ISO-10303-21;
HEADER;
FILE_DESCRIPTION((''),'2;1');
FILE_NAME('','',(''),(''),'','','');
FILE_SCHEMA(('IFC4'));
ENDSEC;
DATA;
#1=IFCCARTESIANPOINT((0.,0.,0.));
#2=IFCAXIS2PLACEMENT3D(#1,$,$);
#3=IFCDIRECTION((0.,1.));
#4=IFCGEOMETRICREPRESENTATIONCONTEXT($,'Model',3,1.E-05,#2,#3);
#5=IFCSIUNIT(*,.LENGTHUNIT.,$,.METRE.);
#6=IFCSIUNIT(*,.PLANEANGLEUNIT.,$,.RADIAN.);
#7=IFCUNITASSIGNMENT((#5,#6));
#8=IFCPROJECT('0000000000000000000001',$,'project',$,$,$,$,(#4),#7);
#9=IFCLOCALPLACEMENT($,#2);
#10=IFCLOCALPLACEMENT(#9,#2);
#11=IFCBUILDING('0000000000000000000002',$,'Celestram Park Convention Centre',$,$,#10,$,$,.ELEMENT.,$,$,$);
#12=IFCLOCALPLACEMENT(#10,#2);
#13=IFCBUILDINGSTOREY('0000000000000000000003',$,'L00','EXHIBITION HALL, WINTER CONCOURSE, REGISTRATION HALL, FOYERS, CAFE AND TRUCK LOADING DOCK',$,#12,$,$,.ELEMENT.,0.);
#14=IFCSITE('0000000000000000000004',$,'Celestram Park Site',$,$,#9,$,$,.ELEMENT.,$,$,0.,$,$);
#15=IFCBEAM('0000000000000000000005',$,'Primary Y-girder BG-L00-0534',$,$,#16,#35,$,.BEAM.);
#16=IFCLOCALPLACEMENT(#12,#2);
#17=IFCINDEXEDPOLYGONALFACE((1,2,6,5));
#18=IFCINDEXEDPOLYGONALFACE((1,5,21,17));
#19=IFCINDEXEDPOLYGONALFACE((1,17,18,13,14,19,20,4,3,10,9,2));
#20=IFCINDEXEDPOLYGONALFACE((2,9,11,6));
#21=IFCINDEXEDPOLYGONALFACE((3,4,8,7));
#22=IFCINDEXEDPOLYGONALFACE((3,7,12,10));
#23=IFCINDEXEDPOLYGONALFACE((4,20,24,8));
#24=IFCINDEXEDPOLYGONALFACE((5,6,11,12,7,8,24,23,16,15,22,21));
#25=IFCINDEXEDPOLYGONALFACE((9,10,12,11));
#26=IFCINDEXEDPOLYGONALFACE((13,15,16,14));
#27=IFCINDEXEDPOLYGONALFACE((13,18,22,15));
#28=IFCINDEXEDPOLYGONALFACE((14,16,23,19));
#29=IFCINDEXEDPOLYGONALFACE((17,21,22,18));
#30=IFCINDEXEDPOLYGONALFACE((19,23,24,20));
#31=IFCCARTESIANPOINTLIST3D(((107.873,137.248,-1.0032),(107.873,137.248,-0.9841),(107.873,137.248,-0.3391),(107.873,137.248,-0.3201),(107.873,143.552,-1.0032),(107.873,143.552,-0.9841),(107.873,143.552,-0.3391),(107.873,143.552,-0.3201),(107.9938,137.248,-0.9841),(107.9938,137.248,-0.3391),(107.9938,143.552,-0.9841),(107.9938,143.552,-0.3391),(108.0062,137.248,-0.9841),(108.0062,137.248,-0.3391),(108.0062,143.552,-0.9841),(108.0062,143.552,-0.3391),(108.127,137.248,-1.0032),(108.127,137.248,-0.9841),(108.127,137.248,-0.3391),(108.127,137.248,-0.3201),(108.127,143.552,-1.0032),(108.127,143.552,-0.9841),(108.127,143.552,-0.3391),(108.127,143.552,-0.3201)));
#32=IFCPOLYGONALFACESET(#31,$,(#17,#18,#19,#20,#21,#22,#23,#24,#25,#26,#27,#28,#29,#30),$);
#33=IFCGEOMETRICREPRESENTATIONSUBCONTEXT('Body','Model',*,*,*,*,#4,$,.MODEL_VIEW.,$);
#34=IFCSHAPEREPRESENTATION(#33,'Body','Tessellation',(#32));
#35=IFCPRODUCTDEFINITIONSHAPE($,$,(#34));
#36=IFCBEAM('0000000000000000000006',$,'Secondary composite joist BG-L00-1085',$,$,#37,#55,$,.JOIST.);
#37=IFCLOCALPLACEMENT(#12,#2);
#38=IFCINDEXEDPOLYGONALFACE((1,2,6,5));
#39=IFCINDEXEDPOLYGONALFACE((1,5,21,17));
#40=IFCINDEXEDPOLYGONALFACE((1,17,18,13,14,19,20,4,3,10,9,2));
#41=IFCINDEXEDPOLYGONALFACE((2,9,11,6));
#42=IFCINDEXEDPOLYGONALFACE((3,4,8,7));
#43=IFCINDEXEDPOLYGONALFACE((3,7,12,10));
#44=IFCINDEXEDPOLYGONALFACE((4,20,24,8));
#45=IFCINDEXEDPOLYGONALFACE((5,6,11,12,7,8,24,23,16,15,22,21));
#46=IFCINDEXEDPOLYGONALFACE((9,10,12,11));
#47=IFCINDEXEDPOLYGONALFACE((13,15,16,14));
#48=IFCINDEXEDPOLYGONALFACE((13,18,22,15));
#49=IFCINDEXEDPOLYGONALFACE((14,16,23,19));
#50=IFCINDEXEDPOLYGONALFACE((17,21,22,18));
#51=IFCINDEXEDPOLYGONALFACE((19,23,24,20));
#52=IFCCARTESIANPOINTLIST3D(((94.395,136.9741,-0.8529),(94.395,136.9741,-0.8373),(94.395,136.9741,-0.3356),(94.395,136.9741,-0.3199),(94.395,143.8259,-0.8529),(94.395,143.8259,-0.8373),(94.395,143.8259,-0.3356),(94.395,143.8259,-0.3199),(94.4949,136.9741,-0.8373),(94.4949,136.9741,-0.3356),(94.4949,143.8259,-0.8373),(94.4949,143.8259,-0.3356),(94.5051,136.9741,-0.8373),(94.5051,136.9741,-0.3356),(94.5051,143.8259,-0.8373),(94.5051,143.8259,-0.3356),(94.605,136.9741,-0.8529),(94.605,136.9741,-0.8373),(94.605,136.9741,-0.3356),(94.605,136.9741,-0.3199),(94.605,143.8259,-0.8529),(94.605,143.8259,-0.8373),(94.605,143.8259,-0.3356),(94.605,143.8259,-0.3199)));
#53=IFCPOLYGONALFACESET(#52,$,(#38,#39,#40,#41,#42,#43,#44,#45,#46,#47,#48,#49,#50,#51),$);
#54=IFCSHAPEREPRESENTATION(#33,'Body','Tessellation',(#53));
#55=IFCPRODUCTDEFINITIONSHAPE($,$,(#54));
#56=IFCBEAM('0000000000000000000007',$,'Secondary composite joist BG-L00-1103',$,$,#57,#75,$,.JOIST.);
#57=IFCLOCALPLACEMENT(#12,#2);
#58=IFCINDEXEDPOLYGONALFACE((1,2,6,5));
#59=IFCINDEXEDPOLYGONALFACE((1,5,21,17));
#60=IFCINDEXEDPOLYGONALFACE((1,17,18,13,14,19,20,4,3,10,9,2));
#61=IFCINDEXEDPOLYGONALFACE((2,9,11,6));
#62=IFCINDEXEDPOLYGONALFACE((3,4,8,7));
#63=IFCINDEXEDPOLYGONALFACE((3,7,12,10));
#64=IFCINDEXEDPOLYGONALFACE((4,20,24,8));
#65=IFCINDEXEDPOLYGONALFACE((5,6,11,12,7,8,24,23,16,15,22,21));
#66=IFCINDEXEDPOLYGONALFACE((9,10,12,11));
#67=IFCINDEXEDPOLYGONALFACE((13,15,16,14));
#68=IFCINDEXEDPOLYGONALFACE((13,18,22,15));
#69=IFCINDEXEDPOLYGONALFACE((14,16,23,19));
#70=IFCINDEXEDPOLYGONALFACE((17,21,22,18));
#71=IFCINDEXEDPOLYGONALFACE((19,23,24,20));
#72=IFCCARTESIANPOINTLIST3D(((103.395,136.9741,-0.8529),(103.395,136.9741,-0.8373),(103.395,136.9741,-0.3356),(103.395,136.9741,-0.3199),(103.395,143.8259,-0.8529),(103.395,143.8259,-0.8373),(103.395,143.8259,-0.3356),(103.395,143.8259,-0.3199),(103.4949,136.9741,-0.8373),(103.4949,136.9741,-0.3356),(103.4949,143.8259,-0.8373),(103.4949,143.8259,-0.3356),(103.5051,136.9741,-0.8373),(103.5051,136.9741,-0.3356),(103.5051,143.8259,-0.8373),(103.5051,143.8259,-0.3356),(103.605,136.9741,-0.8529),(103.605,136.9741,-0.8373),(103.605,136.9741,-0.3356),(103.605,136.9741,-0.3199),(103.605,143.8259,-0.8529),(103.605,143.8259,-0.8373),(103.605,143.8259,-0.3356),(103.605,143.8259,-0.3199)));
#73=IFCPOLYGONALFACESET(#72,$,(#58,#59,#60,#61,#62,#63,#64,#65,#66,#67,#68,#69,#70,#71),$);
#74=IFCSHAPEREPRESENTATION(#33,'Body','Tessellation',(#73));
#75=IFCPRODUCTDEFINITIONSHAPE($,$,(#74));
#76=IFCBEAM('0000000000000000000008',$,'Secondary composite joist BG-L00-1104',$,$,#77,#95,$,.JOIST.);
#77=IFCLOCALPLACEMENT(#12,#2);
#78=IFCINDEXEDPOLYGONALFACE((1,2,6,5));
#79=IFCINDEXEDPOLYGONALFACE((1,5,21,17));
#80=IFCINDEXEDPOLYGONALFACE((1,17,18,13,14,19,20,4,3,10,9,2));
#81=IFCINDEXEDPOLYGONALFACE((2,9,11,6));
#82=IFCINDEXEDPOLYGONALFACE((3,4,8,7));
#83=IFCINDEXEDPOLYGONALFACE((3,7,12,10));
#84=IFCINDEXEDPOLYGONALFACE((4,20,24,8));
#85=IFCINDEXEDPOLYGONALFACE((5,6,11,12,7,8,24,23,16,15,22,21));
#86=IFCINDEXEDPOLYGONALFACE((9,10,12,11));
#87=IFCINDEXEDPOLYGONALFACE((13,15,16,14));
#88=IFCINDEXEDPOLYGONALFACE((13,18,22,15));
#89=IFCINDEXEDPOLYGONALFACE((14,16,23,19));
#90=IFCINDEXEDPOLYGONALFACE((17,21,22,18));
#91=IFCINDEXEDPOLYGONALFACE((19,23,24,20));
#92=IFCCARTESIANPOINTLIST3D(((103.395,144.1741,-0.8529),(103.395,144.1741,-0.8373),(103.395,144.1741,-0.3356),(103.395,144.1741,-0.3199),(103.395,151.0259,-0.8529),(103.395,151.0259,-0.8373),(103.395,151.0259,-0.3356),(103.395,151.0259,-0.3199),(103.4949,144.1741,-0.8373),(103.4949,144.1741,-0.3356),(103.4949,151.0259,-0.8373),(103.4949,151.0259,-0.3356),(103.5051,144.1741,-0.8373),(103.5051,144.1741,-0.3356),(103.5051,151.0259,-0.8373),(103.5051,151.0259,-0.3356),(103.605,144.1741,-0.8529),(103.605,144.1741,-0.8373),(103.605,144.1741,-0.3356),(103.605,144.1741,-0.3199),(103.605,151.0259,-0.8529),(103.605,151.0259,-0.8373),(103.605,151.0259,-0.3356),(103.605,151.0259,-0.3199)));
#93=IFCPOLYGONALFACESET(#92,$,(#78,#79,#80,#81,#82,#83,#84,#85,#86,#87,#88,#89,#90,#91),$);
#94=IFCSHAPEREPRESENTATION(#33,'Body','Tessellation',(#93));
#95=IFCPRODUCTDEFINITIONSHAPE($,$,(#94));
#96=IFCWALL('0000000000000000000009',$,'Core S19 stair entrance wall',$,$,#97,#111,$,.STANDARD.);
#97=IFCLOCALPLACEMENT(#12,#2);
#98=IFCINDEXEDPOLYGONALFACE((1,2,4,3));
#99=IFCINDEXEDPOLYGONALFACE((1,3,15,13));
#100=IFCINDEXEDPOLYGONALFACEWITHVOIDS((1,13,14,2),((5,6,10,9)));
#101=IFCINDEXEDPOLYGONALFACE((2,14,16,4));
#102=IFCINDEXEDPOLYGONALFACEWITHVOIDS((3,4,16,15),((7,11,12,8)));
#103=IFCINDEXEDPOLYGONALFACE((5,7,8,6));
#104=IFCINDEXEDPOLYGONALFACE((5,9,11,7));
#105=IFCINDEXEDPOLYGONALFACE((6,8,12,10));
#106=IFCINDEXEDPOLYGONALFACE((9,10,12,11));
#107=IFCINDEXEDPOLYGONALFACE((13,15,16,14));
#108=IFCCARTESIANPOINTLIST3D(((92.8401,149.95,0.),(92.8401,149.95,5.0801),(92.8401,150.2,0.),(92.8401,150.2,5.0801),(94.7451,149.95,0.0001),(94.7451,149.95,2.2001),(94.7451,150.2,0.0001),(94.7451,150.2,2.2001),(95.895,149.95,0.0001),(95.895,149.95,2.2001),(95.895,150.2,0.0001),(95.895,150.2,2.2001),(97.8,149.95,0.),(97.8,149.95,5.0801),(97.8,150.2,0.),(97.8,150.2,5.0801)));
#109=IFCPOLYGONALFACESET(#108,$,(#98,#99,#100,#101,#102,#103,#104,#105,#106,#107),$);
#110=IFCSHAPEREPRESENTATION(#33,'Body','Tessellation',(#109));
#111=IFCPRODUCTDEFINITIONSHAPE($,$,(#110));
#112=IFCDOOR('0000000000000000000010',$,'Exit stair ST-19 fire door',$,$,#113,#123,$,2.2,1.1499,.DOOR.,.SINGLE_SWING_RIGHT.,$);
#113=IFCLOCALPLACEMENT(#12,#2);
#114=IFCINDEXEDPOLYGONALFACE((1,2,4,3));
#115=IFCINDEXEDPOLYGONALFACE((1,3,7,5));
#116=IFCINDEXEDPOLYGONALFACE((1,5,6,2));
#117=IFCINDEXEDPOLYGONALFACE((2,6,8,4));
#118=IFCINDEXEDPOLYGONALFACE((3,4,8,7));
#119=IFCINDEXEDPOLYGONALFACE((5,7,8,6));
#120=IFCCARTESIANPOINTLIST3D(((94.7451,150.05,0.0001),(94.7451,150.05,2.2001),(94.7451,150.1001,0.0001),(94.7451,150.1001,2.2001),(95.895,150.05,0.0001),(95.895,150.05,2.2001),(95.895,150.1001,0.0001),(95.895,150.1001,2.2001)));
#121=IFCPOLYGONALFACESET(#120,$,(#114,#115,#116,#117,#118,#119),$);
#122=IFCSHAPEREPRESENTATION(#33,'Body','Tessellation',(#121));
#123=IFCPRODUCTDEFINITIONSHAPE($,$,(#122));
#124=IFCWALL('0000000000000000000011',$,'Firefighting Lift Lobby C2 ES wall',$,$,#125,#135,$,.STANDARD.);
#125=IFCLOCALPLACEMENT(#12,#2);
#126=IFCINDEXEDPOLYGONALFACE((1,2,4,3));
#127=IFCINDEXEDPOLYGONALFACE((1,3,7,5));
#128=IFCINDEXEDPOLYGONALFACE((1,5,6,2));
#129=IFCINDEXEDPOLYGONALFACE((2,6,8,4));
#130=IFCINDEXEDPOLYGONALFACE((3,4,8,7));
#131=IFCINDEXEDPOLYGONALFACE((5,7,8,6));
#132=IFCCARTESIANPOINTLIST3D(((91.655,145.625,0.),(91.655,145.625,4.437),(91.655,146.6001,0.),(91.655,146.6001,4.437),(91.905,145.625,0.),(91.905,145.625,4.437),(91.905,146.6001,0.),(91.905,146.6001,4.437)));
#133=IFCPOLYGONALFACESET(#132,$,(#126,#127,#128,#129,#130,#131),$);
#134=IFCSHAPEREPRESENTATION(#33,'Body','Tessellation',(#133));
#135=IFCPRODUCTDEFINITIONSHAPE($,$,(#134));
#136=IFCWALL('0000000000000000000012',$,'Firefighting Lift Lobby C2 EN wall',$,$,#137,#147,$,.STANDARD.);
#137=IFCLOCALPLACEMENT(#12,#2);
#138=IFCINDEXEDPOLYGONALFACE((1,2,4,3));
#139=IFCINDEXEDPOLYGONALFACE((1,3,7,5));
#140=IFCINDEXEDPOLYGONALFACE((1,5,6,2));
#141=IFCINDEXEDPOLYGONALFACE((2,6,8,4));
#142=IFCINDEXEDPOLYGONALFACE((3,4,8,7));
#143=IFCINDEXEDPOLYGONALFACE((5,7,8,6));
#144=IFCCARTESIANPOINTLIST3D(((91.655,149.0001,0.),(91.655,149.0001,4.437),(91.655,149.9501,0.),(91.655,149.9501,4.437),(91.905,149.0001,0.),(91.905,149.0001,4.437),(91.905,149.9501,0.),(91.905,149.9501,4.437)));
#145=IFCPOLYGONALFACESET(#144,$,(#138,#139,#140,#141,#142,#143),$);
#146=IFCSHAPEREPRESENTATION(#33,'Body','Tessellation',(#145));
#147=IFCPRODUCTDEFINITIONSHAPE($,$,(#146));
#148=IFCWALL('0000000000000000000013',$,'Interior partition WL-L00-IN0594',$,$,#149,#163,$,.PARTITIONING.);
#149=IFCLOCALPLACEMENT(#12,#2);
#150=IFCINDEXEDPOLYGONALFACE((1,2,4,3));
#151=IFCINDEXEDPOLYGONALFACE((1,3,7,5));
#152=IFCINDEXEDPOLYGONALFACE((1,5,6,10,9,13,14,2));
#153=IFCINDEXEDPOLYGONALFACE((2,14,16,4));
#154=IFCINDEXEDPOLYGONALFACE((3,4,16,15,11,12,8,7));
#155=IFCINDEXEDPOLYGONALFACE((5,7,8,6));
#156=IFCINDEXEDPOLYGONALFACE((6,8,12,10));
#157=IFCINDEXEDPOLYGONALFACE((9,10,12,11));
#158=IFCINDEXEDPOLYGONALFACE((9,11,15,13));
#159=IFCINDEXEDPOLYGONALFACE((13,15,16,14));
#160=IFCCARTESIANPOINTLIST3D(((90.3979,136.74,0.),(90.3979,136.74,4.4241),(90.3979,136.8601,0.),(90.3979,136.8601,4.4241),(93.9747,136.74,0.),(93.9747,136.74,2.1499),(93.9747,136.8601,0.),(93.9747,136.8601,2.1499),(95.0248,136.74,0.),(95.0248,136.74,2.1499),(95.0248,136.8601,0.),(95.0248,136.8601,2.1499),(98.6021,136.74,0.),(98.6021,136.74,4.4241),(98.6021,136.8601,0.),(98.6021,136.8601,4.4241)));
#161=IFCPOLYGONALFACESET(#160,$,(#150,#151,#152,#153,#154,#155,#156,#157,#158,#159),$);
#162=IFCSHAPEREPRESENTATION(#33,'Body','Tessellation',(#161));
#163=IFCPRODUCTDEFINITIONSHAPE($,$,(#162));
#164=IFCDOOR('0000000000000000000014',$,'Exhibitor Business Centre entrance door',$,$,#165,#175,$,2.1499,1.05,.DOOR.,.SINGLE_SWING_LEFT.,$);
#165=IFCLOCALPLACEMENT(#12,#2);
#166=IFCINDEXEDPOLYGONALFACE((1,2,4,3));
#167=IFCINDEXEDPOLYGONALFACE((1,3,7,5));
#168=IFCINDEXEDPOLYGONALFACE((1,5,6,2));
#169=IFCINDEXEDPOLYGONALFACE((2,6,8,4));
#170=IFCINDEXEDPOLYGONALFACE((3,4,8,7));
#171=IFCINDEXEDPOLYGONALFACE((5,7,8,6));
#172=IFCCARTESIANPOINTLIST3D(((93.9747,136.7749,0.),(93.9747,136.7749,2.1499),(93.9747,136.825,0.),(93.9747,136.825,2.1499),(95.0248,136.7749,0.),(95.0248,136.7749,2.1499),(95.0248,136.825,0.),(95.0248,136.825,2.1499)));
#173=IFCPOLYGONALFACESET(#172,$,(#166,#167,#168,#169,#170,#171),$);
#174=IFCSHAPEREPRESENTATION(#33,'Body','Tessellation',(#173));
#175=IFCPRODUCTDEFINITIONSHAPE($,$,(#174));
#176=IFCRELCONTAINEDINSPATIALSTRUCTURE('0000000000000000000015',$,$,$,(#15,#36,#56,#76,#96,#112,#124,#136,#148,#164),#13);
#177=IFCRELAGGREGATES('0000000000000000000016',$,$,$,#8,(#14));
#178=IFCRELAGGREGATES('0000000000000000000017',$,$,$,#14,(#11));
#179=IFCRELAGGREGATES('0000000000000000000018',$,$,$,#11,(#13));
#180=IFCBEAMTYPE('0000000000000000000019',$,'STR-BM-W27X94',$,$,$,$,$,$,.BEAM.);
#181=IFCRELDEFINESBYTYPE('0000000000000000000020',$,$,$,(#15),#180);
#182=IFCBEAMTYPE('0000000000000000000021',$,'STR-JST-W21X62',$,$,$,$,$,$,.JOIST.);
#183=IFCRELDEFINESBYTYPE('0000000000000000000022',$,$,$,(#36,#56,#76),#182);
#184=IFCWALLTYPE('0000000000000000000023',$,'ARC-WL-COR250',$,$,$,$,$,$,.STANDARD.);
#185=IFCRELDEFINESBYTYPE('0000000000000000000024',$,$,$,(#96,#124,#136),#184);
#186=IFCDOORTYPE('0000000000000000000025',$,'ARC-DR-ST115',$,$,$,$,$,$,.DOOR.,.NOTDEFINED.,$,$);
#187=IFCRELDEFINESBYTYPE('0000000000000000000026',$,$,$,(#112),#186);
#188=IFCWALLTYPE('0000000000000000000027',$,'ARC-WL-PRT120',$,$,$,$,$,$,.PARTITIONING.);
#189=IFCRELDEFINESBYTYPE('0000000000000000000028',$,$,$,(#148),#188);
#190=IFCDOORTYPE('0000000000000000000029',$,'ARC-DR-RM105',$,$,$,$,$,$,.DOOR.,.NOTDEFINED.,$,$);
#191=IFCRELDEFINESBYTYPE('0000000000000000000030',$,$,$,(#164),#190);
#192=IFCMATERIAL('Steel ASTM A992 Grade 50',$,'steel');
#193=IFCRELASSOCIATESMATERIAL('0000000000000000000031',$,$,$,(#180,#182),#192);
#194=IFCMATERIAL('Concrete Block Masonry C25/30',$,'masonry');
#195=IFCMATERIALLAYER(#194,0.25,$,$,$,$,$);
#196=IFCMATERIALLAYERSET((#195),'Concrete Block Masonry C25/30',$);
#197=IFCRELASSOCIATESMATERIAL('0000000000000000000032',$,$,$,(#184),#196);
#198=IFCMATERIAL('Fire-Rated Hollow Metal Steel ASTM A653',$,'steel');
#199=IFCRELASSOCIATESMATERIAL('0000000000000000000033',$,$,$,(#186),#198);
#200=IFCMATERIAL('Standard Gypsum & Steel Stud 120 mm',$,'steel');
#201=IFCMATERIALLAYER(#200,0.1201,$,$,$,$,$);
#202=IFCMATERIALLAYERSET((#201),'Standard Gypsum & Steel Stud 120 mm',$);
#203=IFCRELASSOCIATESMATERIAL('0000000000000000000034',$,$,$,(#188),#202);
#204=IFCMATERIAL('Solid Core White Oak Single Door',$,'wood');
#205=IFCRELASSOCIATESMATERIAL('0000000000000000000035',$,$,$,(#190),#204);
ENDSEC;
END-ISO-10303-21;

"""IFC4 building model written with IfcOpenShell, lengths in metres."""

from ifc_helpers import new_model, si_unit, direction, frame, frame_2d, origin, origin_2d, place, context, subcontext, project, spatial, rectangle, i_section, extrude, material, layer, layer_set, material_profile, profile_set, type_object, element, fill, save


model = new_model("IFC4")

# Units and contexts
model_context = context("Model", 3, precision=1e-05, world=origin(), true_north=direction((0.0, 1.0)))
body_context = subcontext(model_context, "Body", "Model", "MODEL_VIEW")
ifc_project = project(units=[si_unit("LENGTHUNIT", "METRE"), si_unit("PLANEANGLEUNIT", "RADIAN")], contexts=[model_context])

# Site, building, storey
site_placement = place(None, origin())
site = spatial("IfcSite", under=ifc_project, at=site_placement, Name="Celestram Park Site", CompositionType="ELEMENT", RefElevation=0.0)
building_placement = place(site_placement, origin())
building = spatial("IfcBuilding", under=site, at=building_placement, Name="Celestram Park Convention Centre", CompositionType="ELEMENT")
storey_placement = place(building_placement, origin())
storey = spatial("IfcBuildingStorey", under=building, at=storey_placement, Name="L00", Description="EXHIBITION HALL, WINTER CONCOURSE, REGISTRATION HALL, FOYERS, CAFE AND TRUCK LOADING DOCK", CompositionType="ELEMENT", Elevation=0.0)

# Beams
ifc_material_1 = material(Name="Steel ASTM A992 Grade 50", Category="steel")
ifc_material_profile_1 = material_profile(ifc_material_1, i_section(OverallWidth=0.2539, OverallDepth=0.6831, WebThickness=0.0125, FlangeThickness=0.019, at=origin_2d()), Name="W27X94")
ifc_profile_set_1 = profile_set([ifc_material_profile_1], Name="Steel ASTM A992 Grade 50")
beam_type_1 = type_object("IfcBeamType", Name="STR-BM-W27X94", PredefinedType="BEAM", material=ifc_profile_set_1)
for number, where, z_axis, x_axis, name in (
    (1, (108.0, 137.248, -0.6616), (0.0, 1.0, 0.0), (-1.0, 0.0, 0.0), "Primary Y-girder BG-L00-0534"),
):
    element("IfcBeam", number, at=place(storey_placement, frame(where, z_axis=z_axis, x_axis=x_axis)), inside=storey, type_object=beam_type_1, Name=name, PredefinedType="BEAM", context=body_context, shape_type="SweptSolid", body=[
        extrude(i_section(OverallWidth=0.2539, OverallDepth=0.6831, WebThickness=0.0125, FlangeThickness=0.019, at=origin_2d()), origin(), (0.0, 0.0, 1.0), 6.304),
    ])
ifc_material_profile_2 = material_profile(ifc_material_1, i_section(OverallWidth=0.21, OverallDepth=0.533, WebThickness=0.0103, FlangeThickness=0.0156, at=origin_2d()), Name="W21X62")
ifc_profile_set_2 = profile_set([ifc_material_profile_2], Name="Steel ASTM A992 Grade 50")
beam_type_2 = type_object("IfcBeamType", Name="STR-JST-W21X62", PredefinedType="JOIST", material=ifc_profile_set_2)
for number, where, z_axis, x_axis, name in (
    (2, (94.5, 136.9741, -0.5864), (0.0, 1.0, 0.0), (-1.0, 0.0, 0.0), "Secondary composite joist BG-L00-1085"),
    (3, (103.5, 136.9741, -0.5864), (0.0, 1.0, 0.0), (-1.0, 0.0, 0.0), "Secondary composite joist BG-L00-1103"),
    (4, (103.5, 144.1741, -0.5864), (0.0, 1.0, 0.0), (-1.0, 0.0, 0.0), "Secondary composite joist BG-L00-1104"),
):
    element("IfcBeam", number, at=place(storey_placement, frame(where, z_axis=z_axis, x_axis=x_axis)), inside=storey, type_object=beam_type_2, Name=name, PredefinedType="JOIST", context=body_context, shape_type="SweptSolid", body=[
        extrude(i_section(OverallWidth=0.21, OverallDepth=0.533, WebThickness=0.0103, FlangeThickness=0.0156, at=origin_2d()), origin(), (0.0, 0.0, 1.0), 6.8518),
    ])

# Wall, opening, door
ifc_material_2 = material(Name="Concrete Block Masonry C25/30", Category="masonry")
ifc_layer_1 = layer(ifc_material_2, 0.25)
ifc_layer_set_1 = layer_set([ifc_layer_1], Name="Concrete Block Masonry C25/30")
wall_type_1 = type_object("IfcWallType", Name="ARC-WL-COR250", PredefinedType="STANDARD", material=ifc_layer_set_1)
wall_1_placement = place(storey_placement, frame((97.8, 150.075, 0.0), z_axis=(0.0, 0.0, 1.0), x_axis=(-1.0, 0.0, 0.0)))
wall_1 = element("IfcWall", 5, at=wall_1_placement, inside=storey, type_object=wall_type_1, Name="Core S19 stair entrance wall", PredefinedType="STANDARD", context=body_context, shape_type="SweptSolid", body=[
    extrude(rectangle(XDim=4.96, YDim=0.25, at=frame_2d((2.48, 0.0))), origin(), (0.0, 0.0, 1.0), 5.0801),
])
opening_1_placement = place(wall_1_placement, frame((1.905, 0.0, 0.0)))
opening_1 = element("IfcOpeningElement", 6, at=opening_1_placement, cuts=wall_1, PredefinedType="OPENING", context=body_context, shape_type="SweptSolid", body=[
    extrude(rectangle(XDim=1.1499, YDim=2.2, at=frame_2d((0.575, 1.1001))), frame((0.0, 0.135, 0.0), z_axis=(0.0, -1.0, 0.0), x_axis=(1.0, 0.0, 0.0)), (0.0, 0.0, 1.0), 0.27),
])
ifc_material_3 = material(Name="Fire-Rated Hollow Metal Steel ASTM A653", Category="steel")
door_type_1 = type_object("IfcDoorType", Name="ARC-DR-ST115", OperationType="NOTDEFINED", PredefinedType="DOOR", material=ifc_material_3)
door_1_placement = place(opening_1_placement, origin())
door_1 = element("IfcDoor", 7, at=door_1_placement, inside=storey, type_object=door_type_1, Name="Exit stair ST-19 fire door", OperationType="SINGLE_SWING_RIGHT", OverallHeight=2.2, OverallWidth=1.1499, PredefinedType="DOOR", context=body_context, shape_type="SweptSolid", body=[
    extrude(rectangle(XDim=1.1499, YDim=2.2, at=frame_2d((0.575, 1.1001))), frame((0.0, 0.0249, 0.0), z_axis=(0.0, -1.0, 0.0), x_axis=(1.0, 0.0, 0.0)), (0.0, 0.0, 1.0), 0.05),
])
fill(opening_1, door_1)

# Walls
wall_2_placement = place(storey_placement, frame((91.78, 145.625, 0.0), z_axis=(0.0, 0.0, 1.0), x_axis=(0.0, 1.0, 0.0)))
element("IfcWall", 8, at=wall_2_placement, inside=storey, type_object=wall_type_1, Name="Firefighting Lift Lobby C2 ES wall", PredefinedType="STANDARD", context=body_context, shape_type="SweptSolid", body=[
    extrude(rectangle(XDim=0.9751, YDim=0.25, at=frame_2d((0.4875, 0.0))), origin(), (0.0, 0.0, 1.0), 4.437),
])
wall_3_placement = place(storey_placement, frame((91.78, 149.0, 0.0), z_axis=(0.0, 0.0, 1.0), x_axis=(0.0, 1.0, 0.0)))
element("IfcWall", 9, at=wall_3_placement, inside=storey, type_object=wall_type_1, Name="Firefighting Lift Lobby C2 EN wall", PredefinedType="STANDARD", context=body_context, shape_type="SweptSolid", body=[
    extrude(rectangle(XDim=0.95, YDim=0.25, at=frame_2d((0.4751, 0.0))), origin(), (0.0, 0.0, 1.0), 4.437),
])

# Wall, opening, door
ifc_material_4 = material(Name="Standard Gypsum & Steel Stud 120 mm", Category="steel")
ifc_layer_2 = layer(ifc_material_4, 0.1201)
ifc_layer_set_2 = layer_set([ifc_layer_2], Name="Standard Gypsum & Steel Stud 120 mm")
wall_type_2 = type_object("IfcWallType", Name="ARC-WL-PRT120", PredefinedType="PARTITIONING", material=ifc_layer_set_2)
wall_4_placement = place(storey_placement, frame((90.3979, 136.8, 0.0), z_axis=(0.0, 0.0, 1.0), x_axis=(1.0, 0.0, 0.0)))
wall_4 = element("IfcWall", 10, at=wall_4_placement, inside=storey, type_object=wall_type_2, Name="Interior partition WL-L00-IN0594", PredefinedType="PARTITIONING", context=body_context, shape_type="SweptSolid", body=[
    extrude(rectangle(XDim=8.2041, YDim=0.1201, at=frame_2d((4.1021, 0.0))), origin(), (0.0, 0.0, 1.0), 4.4241),
])
opening_2_placement = place(wall_4_placement, frame((3.5769, 0.0, 0.0)))
opening_2 = element("IfcOpeningElement", 11, at=opening_2_placement, cuts=wall_4, PredefinedType="OPENING", context=body_context, shape_type="SweptSolid", body=[
    extrude(rectangle(XDim=1.05, YDim=2.1499, at=frame_2d((0.5249, 1.075))), frame((0.0, 0.0701, 0.0), z_axis=(0.0, -1.0, 0.0), x_axis=(1.0, 0.0, 0.0)), (0.0, 0.0, 1.0), 0.1401),
])
ifc_material_5 = material(Name="Solid Core White Oak Single Door", Category="wood")
door_type_2 = type_object("IfcDoorType", Name="ARC-DR-RM105", OperationType="NOTDEFINED", PredefinedType="DOOR", material=ifc_material_5)
door_2_placement = place(opening_2_placement, origin())
door_2 = element("IfcDoor", 12, at=door_2_placement, inside=storey, type_object=door_type_2, Name="Exhibitor Business Centre entrance door", OperationType="SINGLE_SWING_LEFT", OverallHeight=2.1499, OverallWidth=1.05, PredefinedType="DOOR", context=body_context, shape_type="SweptSolid", body=[
    extrude(rectangle(XDim=1.05, YDim=2.1499, at=frame_2d((0.5249, 1.075))), frame((0.0, 0.0249, 0.0), z_axis=(0.0, -1.0, 0.0), x_axis=(1.0, 0.0, 0.0)), (0.0, 0.0, 1.0), 0.05),
])
fill(opening_2, door_2)

save(model, "model.ifc")
